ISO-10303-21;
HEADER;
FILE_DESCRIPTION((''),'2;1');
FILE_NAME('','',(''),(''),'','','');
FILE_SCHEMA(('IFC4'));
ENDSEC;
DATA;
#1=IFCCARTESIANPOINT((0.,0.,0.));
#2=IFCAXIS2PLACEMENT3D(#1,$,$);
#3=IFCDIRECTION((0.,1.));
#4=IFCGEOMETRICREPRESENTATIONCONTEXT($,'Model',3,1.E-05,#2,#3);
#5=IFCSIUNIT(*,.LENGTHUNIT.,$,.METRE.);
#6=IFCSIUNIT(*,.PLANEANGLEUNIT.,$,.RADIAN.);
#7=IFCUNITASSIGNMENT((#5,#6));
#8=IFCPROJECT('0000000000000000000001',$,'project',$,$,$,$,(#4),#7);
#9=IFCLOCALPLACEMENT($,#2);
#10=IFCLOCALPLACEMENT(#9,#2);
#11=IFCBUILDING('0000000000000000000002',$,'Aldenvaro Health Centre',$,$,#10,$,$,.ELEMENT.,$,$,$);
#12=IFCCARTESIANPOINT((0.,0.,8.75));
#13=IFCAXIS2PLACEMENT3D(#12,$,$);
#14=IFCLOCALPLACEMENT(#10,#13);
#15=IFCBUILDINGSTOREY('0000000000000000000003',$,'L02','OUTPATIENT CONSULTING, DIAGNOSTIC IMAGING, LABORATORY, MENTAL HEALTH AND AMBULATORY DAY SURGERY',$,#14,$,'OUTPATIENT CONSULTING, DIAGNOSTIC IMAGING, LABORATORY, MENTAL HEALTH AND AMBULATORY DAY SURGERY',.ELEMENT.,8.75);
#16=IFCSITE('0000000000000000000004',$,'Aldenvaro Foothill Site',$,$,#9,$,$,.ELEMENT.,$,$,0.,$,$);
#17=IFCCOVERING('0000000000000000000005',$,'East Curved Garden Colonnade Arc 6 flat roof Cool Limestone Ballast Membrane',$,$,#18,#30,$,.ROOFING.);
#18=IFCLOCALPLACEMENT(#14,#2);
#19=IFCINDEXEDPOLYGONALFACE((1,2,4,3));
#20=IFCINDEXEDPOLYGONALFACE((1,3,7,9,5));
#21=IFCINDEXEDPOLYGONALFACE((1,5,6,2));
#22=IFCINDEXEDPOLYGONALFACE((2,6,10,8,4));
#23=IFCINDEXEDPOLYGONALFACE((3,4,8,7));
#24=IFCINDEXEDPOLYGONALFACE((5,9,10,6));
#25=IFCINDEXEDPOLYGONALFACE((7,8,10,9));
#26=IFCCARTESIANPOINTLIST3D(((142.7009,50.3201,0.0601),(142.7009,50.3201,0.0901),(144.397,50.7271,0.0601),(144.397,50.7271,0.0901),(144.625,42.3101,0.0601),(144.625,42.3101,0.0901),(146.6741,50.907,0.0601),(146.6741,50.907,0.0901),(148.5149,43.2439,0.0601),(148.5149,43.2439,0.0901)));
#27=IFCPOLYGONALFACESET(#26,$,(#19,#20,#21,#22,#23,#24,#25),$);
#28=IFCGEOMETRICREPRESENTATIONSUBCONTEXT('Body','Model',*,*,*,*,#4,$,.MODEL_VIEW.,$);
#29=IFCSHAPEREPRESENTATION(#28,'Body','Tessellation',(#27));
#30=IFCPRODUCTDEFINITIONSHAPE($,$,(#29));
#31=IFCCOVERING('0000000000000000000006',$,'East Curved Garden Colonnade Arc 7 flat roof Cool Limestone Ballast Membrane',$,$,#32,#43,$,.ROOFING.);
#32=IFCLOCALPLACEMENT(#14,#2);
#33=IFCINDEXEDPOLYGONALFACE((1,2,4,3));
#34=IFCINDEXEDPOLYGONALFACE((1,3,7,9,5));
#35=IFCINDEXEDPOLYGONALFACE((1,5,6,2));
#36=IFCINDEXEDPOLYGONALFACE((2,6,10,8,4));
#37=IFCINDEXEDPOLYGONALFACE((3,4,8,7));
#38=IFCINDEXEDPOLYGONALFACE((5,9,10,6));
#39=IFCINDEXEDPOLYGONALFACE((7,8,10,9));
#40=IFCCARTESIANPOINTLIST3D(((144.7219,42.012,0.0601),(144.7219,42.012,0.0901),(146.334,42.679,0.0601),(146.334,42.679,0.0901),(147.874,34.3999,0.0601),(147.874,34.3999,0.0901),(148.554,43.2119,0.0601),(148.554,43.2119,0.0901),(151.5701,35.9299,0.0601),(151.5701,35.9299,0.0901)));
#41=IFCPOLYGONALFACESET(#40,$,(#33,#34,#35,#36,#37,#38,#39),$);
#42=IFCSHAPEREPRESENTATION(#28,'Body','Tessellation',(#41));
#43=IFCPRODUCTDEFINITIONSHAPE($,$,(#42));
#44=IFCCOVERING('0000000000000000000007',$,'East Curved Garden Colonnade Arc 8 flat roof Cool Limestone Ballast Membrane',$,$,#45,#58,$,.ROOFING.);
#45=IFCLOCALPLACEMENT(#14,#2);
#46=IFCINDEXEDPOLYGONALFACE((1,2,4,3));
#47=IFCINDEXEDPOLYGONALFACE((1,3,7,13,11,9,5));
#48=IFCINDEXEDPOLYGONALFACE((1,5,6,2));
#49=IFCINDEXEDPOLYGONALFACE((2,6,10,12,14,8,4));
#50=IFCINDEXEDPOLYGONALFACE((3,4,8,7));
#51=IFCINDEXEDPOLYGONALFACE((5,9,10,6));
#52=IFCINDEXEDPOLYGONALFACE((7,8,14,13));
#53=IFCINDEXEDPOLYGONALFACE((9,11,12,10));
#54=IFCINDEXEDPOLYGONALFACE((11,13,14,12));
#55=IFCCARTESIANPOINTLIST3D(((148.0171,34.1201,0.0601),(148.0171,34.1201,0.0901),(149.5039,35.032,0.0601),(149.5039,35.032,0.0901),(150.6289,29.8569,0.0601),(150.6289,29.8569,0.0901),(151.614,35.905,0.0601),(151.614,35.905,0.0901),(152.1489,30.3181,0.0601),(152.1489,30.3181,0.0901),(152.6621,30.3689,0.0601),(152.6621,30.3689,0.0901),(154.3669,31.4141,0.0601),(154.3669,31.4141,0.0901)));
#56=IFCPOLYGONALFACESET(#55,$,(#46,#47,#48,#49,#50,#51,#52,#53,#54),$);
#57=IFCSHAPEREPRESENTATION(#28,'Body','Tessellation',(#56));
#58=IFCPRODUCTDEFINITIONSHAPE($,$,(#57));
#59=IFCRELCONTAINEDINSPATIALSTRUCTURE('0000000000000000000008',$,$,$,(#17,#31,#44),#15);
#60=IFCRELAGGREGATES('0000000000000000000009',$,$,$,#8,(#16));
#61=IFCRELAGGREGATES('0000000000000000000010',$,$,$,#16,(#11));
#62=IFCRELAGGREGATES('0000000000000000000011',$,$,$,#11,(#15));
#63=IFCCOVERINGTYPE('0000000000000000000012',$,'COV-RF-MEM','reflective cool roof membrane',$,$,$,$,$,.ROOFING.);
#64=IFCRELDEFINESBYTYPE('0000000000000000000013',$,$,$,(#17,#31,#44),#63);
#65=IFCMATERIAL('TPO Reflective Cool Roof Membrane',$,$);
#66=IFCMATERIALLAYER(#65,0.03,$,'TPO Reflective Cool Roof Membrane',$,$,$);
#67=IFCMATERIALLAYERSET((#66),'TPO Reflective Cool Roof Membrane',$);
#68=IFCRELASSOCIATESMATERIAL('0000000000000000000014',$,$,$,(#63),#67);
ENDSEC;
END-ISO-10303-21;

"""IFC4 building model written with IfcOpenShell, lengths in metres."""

from ifc_helpers import new_model, si_unit, direction, frame, origin, place, context, subcontext, project, spatial, polyline, outline, extrude, material, layer, layer_set, type_object, element, save


model = new_model("IFC4")

# Units and contexts
model_context = context("Model", 3, precision=1e-05, world=origin(), true_north=direction((0.0, 1.0)))
body_context = subcontext(model_context, "Body", "Model", "MODEL_VIEW")
ifc_project = project(units=[si_unit("LENGTHUNIT", "METRE"), si_unit("PLANEANGLEUNIT", "RADIAN")], contexts=[model_context])

# Site, building, storey
site_placement = place(None, origin())
site = spatial("IfcSite", under=ifc_project, at=site_placement, Name="Aldenvaro Foothill Site", CompositionType="ELEMENT", RefElevation=0.0)
building_placement = place(site_placement, origin())
building = spatial("IfcBuilding", under=site, at=building_placement, Name="Aldenvaro Health Centre", CompositionType="ELEMENT")
storey_placement = place(building_placement, frame((0.0, 0.0, 8.75)))
storey = spatial("IfcBuildingStorey", under=building, at=storey_placement, Name="L02", Description="OUTPATIENT CONSULTING, DIAGNOSTIC IMAGING, LABORATORY, MENTAL HEALTH AND AMBULATORY DAY SURGERY", LongName="OUTPATIENT CONSULTING, DIAGNOSTIC IMAGING, LABORATORY, MENTAL HEALTH AND AMBULATORY DAY SURGERY", CompositionType="ELEMENT", Elevation=8.75)

# Coverings
ifc_material_1 = material(Name="TPO Reflective Cool Roof Membrane")
ifc_layer_1 = layer(ifc_material_1, 0.03, Name="TPO Reflective Cool Roof Membrane")
ifc_layer_set_1 = layer_set([ifc_layer_1], Name="TPO Reflective Cool Roof Membrane")
covering_type_1 = type_object("IfcCoveringType", Name="COV-RF-MEM", Description="reflective cool roof membrane", PredefinedType="ROOFING", material=ifc_layer_set_1)
covering_1_placement = place(storey_placement, frame((0.0, 0.0, 0.0601)))
element("IfcCovering", 1, at=covering_1_placement, inside=storey, type_object=covering_type_1, Name="East Curved Garden Colonnade Arc 6 flat roof Cool Limestone Ballast Membrane", PredefinedType="ROOFING", context=body_context, shape_type="SweptSolid", body=[
    extrude(outline(polyline([(148.5149, 43.2439), (144.625, 42.3101), (142.7009, 50.3201), (144.397, 50.7271), (146.6741, 50.907), (148.5149, 43.2439)])), origin(), (0.0, 0.0, 1.0), 0.03),
])
covering_2_placement = place(storey_placement, frame((0.0, 0.0, 0.0601)))
element("IfcCovering", 2, at=covering_2_placement, inside=storey, type_object=covering_type_1, Name="East Curved Garden Colonnade Arc 7 flat roof Cool Limestone Ballast Membrane", PredefinedType="ROOFING", context=body_context, shape_type="SweptSolid", body=[
    extrude(outline(polyline([(151.5701, 35.9299), (147.874, 34.3999), (144.7219, 42.012), (146.334, 42.679), (148.554, 43.2119), (151.5701, 35.9299)])), origin(), (0.0, 0.0, 1.0), 0.03),
])
covering_3_placement = place(storey_placement, frame((0.0, 0.0, 0.0601)))
element("IfcCovering", 3, at=covering_3_placement, inside=storey, type_object=covering_type_1, Name="East Curved Garden Colonnade Arc 8 flat roof Cool Limestone Ballast Membrane", PredefinedType="ROOFING", context=body_context, shape_type="SweptSolid", body=[
    extrude(outline(polyline([(148.0171, 34.1201), (149.5039, 35.032), (151.614, 35.905), (154.3669, 31.4141), (152.6621, 30.3689), (152.1489, 30.3181), (150.6289, 29.8569), (148.0171, 34.1201)])), origin(), (0.0, 0.0, 1.0), 0.03),
])

save(model, "model.ifc")
